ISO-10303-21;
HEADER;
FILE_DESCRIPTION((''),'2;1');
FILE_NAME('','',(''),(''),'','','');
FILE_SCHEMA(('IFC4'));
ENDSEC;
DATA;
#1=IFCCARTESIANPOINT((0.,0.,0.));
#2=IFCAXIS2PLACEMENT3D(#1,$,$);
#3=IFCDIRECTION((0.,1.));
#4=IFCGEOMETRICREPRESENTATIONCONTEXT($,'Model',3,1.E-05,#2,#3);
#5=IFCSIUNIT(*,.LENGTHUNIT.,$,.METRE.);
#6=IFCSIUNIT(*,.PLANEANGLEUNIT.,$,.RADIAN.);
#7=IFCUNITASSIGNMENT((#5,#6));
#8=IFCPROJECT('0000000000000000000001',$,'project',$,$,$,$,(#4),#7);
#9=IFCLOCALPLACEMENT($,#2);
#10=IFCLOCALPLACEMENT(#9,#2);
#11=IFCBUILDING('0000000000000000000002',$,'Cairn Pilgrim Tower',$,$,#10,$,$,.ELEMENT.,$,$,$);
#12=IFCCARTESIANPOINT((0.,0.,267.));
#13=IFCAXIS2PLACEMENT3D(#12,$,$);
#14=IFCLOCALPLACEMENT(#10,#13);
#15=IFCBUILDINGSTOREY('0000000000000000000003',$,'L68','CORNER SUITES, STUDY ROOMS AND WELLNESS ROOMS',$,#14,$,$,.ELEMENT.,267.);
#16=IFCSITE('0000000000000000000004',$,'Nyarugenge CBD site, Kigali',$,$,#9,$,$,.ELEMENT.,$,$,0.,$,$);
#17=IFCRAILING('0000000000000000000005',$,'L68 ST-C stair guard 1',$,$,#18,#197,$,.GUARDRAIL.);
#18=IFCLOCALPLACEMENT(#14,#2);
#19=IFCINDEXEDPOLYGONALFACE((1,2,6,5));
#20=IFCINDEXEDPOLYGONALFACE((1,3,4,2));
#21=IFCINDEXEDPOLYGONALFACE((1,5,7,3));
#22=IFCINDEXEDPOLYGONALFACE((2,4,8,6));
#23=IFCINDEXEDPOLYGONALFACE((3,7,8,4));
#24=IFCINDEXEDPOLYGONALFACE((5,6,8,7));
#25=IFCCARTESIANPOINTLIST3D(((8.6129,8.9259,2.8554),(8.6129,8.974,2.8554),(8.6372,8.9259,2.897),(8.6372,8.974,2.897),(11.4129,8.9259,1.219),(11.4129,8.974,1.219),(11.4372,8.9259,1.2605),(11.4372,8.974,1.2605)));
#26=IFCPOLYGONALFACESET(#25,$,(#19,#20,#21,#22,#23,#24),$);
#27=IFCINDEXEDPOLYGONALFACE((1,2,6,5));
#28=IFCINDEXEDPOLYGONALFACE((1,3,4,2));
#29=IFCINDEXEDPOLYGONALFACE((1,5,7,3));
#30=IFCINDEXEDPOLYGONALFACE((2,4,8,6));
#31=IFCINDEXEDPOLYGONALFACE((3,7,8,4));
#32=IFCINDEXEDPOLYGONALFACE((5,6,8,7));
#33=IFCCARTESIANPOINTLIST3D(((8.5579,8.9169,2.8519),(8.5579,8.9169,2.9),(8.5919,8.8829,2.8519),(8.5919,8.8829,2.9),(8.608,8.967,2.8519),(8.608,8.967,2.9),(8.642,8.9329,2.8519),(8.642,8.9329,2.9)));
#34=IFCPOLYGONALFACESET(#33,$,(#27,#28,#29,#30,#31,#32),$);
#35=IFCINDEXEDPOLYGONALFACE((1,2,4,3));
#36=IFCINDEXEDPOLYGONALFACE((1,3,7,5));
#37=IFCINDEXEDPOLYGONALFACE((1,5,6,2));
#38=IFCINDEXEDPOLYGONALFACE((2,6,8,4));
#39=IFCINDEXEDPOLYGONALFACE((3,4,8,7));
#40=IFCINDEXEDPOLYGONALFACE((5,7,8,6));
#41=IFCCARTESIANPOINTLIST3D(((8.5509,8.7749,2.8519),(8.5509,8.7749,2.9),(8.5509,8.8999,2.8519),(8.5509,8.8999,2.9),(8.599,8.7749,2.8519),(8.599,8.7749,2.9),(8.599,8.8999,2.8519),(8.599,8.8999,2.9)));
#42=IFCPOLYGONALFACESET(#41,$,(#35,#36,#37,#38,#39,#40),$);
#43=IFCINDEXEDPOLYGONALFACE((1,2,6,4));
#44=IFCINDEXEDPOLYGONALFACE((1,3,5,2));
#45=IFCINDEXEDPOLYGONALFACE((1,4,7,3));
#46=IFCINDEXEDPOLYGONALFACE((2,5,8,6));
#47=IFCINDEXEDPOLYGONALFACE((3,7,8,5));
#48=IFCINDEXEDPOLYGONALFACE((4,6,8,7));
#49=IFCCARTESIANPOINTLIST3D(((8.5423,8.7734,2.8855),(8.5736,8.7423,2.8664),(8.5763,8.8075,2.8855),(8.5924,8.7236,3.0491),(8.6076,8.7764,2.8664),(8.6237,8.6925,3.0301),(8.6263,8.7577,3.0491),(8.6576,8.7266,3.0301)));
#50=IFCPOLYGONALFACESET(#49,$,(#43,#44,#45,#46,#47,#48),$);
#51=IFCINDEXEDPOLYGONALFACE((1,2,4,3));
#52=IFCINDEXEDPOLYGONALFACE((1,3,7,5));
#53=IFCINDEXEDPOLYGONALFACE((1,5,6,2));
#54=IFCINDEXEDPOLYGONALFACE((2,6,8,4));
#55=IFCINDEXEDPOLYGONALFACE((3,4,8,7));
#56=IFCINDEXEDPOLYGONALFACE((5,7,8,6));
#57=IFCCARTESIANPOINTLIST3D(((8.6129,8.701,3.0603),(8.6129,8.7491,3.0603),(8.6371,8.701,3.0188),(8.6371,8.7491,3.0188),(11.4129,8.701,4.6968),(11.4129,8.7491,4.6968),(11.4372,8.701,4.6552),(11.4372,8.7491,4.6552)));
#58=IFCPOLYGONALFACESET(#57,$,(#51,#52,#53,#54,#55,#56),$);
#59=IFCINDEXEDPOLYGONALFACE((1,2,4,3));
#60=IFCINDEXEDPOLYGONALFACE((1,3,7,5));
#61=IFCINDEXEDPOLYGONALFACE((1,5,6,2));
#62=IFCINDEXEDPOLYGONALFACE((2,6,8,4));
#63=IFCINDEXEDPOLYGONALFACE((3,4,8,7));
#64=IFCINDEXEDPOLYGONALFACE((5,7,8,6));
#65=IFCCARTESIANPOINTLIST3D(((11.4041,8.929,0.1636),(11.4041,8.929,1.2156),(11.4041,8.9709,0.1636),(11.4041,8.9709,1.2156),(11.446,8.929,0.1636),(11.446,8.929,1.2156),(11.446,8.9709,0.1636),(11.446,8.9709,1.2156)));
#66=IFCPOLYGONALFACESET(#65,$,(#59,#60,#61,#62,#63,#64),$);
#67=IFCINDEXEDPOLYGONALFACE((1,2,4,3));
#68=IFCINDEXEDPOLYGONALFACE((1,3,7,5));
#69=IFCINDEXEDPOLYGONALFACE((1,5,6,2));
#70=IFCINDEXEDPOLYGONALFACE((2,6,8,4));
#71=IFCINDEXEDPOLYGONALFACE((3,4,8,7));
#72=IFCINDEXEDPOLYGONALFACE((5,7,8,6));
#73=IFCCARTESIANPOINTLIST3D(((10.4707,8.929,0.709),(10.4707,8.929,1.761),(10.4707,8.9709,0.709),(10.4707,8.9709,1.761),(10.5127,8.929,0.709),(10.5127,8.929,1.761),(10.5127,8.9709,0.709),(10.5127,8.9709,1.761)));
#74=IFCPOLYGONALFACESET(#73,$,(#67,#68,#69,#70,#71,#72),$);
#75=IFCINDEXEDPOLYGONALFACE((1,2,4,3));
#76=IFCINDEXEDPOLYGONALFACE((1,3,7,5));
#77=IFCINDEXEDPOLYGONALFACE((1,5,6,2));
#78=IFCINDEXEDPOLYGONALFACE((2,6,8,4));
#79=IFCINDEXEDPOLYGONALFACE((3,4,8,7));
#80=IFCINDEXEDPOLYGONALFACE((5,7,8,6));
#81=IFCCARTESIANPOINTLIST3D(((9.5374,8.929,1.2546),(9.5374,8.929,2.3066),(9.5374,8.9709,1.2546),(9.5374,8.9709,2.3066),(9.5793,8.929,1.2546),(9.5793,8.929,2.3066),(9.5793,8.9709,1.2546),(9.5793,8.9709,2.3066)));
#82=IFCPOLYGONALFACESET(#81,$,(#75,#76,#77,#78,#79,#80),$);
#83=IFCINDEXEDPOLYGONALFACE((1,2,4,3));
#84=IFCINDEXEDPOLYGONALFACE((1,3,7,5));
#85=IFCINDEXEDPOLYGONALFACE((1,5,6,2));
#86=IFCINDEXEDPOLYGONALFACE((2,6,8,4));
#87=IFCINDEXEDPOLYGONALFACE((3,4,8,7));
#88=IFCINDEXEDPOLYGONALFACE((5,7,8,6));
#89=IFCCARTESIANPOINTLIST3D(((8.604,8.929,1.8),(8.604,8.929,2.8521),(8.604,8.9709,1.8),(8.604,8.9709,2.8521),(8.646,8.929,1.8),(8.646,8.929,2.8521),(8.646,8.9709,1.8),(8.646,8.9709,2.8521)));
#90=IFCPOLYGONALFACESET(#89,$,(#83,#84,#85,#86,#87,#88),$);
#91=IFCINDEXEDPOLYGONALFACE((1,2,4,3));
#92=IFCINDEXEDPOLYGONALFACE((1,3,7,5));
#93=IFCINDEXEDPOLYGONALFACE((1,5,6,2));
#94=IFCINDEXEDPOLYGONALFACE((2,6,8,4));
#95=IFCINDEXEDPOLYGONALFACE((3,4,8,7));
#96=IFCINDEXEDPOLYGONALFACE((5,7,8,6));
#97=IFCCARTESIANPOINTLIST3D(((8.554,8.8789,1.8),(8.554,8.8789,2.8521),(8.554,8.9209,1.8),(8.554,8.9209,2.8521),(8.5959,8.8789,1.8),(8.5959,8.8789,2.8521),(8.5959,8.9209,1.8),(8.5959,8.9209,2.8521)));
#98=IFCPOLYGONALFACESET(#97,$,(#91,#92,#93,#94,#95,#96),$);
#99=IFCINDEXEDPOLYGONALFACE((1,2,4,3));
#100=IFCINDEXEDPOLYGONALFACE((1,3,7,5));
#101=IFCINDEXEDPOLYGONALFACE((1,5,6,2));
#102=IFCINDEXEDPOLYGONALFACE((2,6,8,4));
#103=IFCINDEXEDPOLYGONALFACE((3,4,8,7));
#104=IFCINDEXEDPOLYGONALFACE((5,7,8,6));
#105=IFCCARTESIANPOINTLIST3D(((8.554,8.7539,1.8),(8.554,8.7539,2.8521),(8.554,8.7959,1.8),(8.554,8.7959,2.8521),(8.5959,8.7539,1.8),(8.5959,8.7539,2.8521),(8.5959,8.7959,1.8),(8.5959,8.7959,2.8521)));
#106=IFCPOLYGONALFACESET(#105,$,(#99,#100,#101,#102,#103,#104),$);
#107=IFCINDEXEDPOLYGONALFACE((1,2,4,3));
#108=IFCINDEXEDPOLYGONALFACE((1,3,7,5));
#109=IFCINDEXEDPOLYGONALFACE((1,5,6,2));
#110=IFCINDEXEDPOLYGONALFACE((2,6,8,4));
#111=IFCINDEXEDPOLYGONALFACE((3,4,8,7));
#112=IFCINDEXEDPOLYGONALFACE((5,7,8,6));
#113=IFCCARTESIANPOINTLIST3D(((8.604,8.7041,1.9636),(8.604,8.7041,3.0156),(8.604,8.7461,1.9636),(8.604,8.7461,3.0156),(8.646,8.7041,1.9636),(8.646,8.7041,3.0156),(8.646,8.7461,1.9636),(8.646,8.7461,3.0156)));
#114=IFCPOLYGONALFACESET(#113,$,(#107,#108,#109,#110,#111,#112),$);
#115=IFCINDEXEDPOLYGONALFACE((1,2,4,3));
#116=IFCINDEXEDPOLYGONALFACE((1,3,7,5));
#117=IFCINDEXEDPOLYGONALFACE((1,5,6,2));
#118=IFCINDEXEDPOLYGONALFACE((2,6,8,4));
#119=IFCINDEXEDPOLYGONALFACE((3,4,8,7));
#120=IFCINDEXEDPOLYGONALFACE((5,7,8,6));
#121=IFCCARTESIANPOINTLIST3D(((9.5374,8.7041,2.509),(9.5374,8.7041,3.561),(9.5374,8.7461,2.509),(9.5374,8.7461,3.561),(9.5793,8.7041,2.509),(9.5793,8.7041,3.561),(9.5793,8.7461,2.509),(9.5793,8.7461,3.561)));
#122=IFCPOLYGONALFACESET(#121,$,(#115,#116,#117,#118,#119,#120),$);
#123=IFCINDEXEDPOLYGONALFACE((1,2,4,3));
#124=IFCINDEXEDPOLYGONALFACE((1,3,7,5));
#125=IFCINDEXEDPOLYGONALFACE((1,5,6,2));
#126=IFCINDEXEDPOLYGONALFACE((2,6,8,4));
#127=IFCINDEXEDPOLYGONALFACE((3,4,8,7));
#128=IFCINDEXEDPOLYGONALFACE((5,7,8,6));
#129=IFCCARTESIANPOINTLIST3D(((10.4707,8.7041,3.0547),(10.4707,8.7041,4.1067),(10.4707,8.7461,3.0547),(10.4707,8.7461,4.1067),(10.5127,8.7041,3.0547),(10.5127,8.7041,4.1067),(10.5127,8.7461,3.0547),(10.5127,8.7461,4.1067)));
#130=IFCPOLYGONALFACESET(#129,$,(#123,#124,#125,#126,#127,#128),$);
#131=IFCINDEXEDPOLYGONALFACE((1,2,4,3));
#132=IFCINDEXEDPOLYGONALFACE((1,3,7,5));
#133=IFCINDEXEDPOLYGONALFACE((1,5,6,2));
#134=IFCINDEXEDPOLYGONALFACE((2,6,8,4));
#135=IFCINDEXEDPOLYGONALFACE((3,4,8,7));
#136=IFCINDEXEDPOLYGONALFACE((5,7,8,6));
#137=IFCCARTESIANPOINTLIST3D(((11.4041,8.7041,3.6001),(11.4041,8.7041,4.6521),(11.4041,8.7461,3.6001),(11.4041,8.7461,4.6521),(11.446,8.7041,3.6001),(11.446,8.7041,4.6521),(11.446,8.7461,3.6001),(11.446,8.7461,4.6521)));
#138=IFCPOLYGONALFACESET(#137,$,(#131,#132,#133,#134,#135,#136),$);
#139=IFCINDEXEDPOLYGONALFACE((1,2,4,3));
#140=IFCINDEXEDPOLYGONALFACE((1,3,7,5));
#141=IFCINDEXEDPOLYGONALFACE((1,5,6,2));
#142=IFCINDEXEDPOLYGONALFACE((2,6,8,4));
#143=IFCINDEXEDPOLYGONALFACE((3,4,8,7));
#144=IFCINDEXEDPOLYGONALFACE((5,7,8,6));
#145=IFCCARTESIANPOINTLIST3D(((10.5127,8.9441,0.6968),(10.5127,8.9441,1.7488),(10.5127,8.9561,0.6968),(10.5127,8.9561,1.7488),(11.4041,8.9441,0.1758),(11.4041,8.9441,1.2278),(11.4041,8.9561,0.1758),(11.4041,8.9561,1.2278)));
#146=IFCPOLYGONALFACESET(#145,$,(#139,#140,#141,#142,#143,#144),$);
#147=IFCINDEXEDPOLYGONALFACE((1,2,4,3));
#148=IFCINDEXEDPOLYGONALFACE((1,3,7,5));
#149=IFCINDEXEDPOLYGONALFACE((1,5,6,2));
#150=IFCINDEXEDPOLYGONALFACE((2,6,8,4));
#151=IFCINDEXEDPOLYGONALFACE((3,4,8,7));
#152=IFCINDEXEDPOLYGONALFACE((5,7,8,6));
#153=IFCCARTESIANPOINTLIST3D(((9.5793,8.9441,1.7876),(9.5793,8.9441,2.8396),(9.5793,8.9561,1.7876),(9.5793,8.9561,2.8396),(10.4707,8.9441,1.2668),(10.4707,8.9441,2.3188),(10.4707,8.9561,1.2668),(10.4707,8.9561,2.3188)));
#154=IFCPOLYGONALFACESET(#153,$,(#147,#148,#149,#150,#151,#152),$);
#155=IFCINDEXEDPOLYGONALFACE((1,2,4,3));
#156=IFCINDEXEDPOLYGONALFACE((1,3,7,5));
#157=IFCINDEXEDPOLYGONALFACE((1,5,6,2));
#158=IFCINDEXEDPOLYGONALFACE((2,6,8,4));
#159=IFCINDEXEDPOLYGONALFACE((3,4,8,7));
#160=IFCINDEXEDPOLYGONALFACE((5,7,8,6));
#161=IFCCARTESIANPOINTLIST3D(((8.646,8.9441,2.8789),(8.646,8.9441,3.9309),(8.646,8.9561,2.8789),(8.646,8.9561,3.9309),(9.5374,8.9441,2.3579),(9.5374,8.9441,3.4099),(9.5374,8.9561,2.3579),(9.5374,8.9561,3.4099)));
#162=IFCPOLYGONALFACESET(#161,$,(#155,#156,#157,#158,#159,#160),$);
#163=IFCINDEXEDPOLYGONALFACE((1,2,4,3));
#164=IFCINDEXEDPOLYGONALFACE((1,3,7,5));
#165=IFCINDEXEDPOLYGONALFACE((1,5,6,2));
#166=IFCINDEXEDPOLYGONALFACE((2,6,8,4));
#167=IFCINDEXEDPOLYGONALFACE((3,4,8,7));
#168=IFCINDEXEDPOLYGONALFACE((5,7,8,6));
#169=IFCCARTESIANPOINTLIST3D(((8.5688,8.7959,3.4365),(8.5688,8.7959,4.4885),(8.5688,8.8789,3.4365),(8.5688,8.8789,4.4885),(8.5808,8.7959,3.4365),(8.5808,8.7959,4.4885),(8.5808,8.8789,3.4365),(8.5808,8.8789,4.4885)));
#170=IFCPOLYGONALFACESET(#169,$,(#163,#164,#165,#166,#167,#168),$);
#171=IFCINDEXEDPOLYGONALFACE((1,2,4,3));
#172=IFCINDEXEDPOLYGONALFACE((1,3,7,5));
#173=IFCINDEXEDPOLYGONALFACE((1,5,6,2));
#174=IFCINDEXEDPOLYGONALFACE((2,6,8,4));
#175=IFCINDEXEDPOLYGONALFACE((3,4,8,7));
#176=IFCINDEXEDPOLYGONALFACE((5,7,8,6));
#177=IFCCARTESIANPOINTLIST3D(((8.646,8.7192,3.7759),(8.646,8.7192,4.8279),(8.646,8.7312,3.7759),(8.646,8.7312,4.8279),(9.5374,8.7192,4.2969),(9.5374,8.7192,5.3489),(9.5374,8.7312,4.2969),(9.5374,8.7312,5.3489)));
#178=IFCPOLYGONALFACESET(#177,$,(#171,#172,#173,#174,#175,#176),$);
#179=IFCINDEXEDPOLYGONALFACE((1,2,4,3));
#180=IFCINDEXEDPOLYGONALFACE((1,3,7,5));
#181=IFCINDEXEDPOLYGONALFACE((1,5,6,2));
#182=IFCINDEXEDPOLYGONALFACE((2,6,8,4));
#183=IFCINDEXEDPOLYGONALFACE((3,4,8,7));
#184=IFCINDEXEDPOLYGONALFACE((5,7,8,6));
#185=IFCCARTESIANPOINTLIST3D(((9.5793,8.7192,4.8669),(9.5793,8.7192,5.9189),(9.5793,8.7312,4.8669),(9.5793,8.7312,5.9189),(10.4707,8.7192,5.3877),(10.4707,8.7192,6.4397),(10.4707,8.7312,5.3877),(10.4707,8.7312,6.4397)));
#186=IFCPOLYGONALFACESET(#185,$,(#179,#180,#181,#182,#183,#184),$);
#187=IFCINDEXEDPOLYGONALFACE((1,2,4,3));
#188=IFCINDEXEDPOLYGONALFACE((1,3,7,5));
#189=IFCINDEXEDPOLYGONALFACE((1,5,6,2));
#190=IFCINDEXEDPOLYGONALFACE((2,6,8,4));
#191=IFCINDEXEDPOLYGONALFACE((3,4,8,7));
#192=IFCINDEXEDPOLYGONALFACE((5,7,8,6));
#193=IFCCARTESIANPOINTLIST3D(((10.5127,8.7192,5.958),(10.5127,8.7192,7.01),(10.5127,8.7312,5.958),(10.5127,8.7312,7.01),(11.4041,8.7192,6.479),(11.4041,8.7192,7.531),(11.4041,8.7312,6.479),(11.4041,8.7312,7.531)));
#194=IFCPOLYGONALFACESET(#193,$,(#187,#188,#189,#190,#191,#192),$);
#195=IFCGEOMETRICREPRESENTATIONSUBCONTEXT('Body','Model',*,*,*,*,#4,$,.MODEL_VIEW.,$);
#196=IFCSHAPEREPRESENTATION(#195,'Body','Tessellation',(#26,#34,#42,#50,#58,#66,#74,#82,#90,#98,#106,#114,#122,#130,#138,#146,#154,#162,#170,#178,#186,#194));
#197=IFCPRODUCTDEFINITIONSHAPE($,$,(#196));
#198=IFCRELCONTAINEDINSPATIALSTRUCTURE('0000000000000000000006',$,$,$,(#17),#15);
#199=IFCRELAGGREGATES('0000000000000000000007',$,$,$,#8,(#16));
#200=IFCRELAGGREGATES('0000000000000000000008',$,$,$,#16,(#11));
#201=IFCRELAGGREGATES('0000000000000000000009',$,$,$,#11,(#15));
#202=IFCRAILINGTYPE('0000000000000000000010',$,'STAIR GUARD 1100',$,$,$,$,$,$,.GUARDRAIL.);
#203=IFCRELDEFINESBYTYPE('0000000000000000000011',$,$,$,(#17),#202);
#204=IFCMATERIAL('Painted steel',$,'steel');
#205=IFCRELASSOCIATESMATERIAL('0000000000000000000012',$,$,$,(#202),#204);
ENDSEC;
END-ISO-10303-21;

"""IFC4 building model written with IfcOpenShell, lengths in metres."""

from ifc_helpers import new_model, si_unit, direction, frame, origin, origin_2d, place, context, subcontext, project, spatial, polyline, rectangle, outline, extrude, material, type_object, element, save


model = new_model("IFC4")

# Units and contexts
model_context = context("Model", 3, precision=1e-05, world=origin(), true_north=direction((0.0, 1.0)))
body_context = subcontext(model_context, "Body", "Model", "MODEL_VIEW")
ifc_project = project(units=[si_unit("LENGTHUNIT", "METRE"), si_unit("PLANEANGLEUNIT", "RADIAN")], contexts=[model_context])

# Site, building, storey
site_placement = place(None, origin())
site = spatial("IfcSite", under=ifc_project, at=site_placement, Name="Nyarugenge CBD site, Kigali", CompositionType="ELEMENT", RefElevation=0.0)
building_placement = place(site_placement, origin())
building = spatial("IfcBuilding", under=site, at=building_placement, Name="Cairn Pilgrim Tower", CompositionType="ELEMENT")
storey_placement = place(building_placement, frame((0.0, 0.0, 267.0)))
storey = spatial("IfcBuildingStorey", under=building, at=storey_placement, Name="L68", Description="CORNER SUITES, STUDY ROOMS AND WELLNESS ROOMS", CompositionType="ELEMENT", Elevation=267.0)

# Railing
ifc_material_1 = material(Name="Painted steel", Category="steel")
railing_type_1 = type_object("IfcRailingType", Name="STAIR GUARD 1100", PredefinedType="GUARDRAIL", material=ifc_material_1)
railing_1_placement = place(storey_placement, frame((11.425, 8.95, 0.1636)))
element("IfcRailing", 1, at=railing_1_placement, inside=storey, type_object=railing_type_1, Name="L68 ST-C stair guard 1", PredefinedType="GUARDRAIL", context=body_context, shape_type="SweptSolid", body=[
    extrude(rectangle(XDim=0.0481, YDim=0.0481, at=origin_2d()), frame((0.0, 0.0, 1.0762), z_axis=(-0.863361, 0.0, 0.504587), x_axis=(0.0, -1.0, 0.0)), (0.0, 0.0, 1.0), 3.2432),
    extrude(rectangle(XDim=0.0481, YDim=0.0481, at=origin_2d()), frame((-2.8, 0.0, 2.7124), z_axis=(-0.707107, -0.707107, 0.0), x_axis=(0.707107, -0.707107, 0.0)), (0.0, 0.0, 1.0), 0.0708),
    extrude(rectangle(XDim=0.0481, YDim=0.0481, at=origin_2d()), frame((-2.8501, -0.05, 2.7124), z_axis=(0.0, -1.0, 0.0), x_axis=(1.0, 0.0, 0.0)), (0.0, 0.0, 1.0), 0.125),
    extrude(rectangle(XDim=0.0481, YDim=0.0481, at=origin_2d()), frame((-2.8501, -0.175, 2.7124), z_axis=(0.280917, -0.279546, 0.918118), x_axis=(0.705376, 0.708834, 0.0)), (0.0, 0.0, 1.0), 0.1782),
    extrude(rectangle(XDim=0.0481, YDim=0.0481, at=origin_2d()), frame((-2.8, -0.2249, 2.876), z_axis=(0.863361, 0.0, 0.504587), x_axis=(0.0, 1.0, 0.0)), (0.0, 0.0, 1.0), 3.2432),
    extrude(rectangle(XDim=0.042, YDim=0.042, at=origin_2d()), origin(), (0.0, 0.0, 1.0), 1.052),
    extrude(rectangle(XDim=0.042, YDim=0.042, at=origin_2d()), frame((-0.9333, 0.0, 0.5454)), (0.0, 0.0, 1.0), 1.052),
    extrude(rectangle(XDim=0.042, YDim=0.042, at=origin_2d()), frame((-1.8667, 0.0, 1.0911)), (0.0, 0.0, 1.0), 1.052),
    extrude(rectangle(XDim=0.042, YDim=0.042, at=origin_2d()), frame((-2.8, 0.0, 1.6365)), (0.0, 0.0, 1.0), 1.052),
    extrude(rectangle(XDim=0.042, YDim=0.042, at=origin_2d()), frame((-2.8501, -0.05, 1.6365)), (0.0, 0.0, 1.0), 1.052),
    extrude(rectangle(XDim=0.042, YDim=0.042, at=origin_2d()), frame((-2.8501, -0.175, 1.6365)), (0.0, 0.0, 1.0), 1.052),
    extrude(rectangle(XDim=0.042, YDim=0.042, at=origin_2d()), frame((-2.8, -0.2249, 1.8)), (0.0, 0.0, 1.0), 1.052),
    extrude(rectangle(XDim=0.042, YDim=0.042, at=origin_2d()), frame((-1.8667, -0.2249, 2.3455)), (0.0, 0.0, 1.0), 1.052),
    extrude(rectangle(XDim=0.042, YDim=0.042, at=origin_2d()), frame((-0.9333, -0.2249, 2.8911)), (0.0, 0.0, 1.0), 1.052),
    extrude(rectangle(XDim=0.042, YDim=0.042, at=origin_2d()), frame((0.0, -0.2249, 3.4365)), (0.0, 0.0, 1.0), 1.052),
    extrude(outline(polyline([(0.021, 0.0122), (0.9124, 0.5332), (0.9124, 1.5852), (0.021, 1.0642), (0.021, 0.0122)])), frame((0.0, -0.0059, 0.0), z_axis=(0.0, 1.0, 0.0), x_axis=(-1.0, 0.0, 0.0)), (0.0, 0.0, 1.0), 0.012),
    extrude(outline(polyline([(0.021, 0.5579), (0.9124, 1.0786), (0.9124, 2.1306), (0.021, 1.6099), (0.021, 0.5579)])), frame((-0.9333, -0.0059, 0.5454), z_axis=(0.0, 1.0, 0.0), x_axis=(-1.0, 0.0, 0.0)), (0.0, 0.0, 1.0), 0.012),
    extrude(outline(polyline([(0.021, 1.1033), (0.9124, 1.6243), (0.9124, 2.6763), (0.021, 2.1553), (0.021, 1.1033)])), frame((-1.8667, -0.0059, 1.0911), z_axis=(0.0, 1.0, 0.0), x_axis=(-1.0, 0.0, 0.0)), (0.0, 0.0, 1.0), 0.012),
    extrude(outline(polyline([(0.021, 1.6365), (0.104, 1.6365), (0.104, 2.6885), (0.021, 2.6885), (0.021, 1.6365)])), frame((-2.8442, -0.05, 1.6365), z_axis=(-1.0, 0.0, 0.0), x_axis=(0.0, -1.0, 0.0)), (0.0, 0.0, 1.0), 0.012),
    extrude(outline(polyline([(0.021, 1.8123), (0.9124, 2.3333), (0.9124, 3.3853), (0.021, 2.8643), (0.021, 1.8123)])), frame((-2.8, -0.2188, 1.8), z_axis=(0.0, -1.0, 0.0), x_axis=(1.0, 0.0, 0.0)), (0.0, 0.0, 1.0), 0.012),
    extrude(outline(polyline([(0.021, 2.3579), (0.9124, 2.8787), (0.9124, 3.9307), (0.021, 3.4099), (0.021, 2.3579)])), frame((-1.8667, -0.2188, 2.3455), z_axis=(0.0, -1.0, 0.0), x_axis=(1.0, 0.0, 0.0)), (0.0, 0.0, 1.0), 0.012),
    extrude(outline(polyline([(0.021, 2.9033), (0.9124, 3.4243), (0.9124, 4.4763), (0.021, 3.9553), (0.021, 2.9033)])), frame((-0.9333, -0.2188, 2.8911), z_axis=(0.0, -1.0, 0.0), x_axis=(1.0, 0.0, 0.0)), (0.0, 0.0, 1.0), 0.012),
])

save(model, "model.ifc")
